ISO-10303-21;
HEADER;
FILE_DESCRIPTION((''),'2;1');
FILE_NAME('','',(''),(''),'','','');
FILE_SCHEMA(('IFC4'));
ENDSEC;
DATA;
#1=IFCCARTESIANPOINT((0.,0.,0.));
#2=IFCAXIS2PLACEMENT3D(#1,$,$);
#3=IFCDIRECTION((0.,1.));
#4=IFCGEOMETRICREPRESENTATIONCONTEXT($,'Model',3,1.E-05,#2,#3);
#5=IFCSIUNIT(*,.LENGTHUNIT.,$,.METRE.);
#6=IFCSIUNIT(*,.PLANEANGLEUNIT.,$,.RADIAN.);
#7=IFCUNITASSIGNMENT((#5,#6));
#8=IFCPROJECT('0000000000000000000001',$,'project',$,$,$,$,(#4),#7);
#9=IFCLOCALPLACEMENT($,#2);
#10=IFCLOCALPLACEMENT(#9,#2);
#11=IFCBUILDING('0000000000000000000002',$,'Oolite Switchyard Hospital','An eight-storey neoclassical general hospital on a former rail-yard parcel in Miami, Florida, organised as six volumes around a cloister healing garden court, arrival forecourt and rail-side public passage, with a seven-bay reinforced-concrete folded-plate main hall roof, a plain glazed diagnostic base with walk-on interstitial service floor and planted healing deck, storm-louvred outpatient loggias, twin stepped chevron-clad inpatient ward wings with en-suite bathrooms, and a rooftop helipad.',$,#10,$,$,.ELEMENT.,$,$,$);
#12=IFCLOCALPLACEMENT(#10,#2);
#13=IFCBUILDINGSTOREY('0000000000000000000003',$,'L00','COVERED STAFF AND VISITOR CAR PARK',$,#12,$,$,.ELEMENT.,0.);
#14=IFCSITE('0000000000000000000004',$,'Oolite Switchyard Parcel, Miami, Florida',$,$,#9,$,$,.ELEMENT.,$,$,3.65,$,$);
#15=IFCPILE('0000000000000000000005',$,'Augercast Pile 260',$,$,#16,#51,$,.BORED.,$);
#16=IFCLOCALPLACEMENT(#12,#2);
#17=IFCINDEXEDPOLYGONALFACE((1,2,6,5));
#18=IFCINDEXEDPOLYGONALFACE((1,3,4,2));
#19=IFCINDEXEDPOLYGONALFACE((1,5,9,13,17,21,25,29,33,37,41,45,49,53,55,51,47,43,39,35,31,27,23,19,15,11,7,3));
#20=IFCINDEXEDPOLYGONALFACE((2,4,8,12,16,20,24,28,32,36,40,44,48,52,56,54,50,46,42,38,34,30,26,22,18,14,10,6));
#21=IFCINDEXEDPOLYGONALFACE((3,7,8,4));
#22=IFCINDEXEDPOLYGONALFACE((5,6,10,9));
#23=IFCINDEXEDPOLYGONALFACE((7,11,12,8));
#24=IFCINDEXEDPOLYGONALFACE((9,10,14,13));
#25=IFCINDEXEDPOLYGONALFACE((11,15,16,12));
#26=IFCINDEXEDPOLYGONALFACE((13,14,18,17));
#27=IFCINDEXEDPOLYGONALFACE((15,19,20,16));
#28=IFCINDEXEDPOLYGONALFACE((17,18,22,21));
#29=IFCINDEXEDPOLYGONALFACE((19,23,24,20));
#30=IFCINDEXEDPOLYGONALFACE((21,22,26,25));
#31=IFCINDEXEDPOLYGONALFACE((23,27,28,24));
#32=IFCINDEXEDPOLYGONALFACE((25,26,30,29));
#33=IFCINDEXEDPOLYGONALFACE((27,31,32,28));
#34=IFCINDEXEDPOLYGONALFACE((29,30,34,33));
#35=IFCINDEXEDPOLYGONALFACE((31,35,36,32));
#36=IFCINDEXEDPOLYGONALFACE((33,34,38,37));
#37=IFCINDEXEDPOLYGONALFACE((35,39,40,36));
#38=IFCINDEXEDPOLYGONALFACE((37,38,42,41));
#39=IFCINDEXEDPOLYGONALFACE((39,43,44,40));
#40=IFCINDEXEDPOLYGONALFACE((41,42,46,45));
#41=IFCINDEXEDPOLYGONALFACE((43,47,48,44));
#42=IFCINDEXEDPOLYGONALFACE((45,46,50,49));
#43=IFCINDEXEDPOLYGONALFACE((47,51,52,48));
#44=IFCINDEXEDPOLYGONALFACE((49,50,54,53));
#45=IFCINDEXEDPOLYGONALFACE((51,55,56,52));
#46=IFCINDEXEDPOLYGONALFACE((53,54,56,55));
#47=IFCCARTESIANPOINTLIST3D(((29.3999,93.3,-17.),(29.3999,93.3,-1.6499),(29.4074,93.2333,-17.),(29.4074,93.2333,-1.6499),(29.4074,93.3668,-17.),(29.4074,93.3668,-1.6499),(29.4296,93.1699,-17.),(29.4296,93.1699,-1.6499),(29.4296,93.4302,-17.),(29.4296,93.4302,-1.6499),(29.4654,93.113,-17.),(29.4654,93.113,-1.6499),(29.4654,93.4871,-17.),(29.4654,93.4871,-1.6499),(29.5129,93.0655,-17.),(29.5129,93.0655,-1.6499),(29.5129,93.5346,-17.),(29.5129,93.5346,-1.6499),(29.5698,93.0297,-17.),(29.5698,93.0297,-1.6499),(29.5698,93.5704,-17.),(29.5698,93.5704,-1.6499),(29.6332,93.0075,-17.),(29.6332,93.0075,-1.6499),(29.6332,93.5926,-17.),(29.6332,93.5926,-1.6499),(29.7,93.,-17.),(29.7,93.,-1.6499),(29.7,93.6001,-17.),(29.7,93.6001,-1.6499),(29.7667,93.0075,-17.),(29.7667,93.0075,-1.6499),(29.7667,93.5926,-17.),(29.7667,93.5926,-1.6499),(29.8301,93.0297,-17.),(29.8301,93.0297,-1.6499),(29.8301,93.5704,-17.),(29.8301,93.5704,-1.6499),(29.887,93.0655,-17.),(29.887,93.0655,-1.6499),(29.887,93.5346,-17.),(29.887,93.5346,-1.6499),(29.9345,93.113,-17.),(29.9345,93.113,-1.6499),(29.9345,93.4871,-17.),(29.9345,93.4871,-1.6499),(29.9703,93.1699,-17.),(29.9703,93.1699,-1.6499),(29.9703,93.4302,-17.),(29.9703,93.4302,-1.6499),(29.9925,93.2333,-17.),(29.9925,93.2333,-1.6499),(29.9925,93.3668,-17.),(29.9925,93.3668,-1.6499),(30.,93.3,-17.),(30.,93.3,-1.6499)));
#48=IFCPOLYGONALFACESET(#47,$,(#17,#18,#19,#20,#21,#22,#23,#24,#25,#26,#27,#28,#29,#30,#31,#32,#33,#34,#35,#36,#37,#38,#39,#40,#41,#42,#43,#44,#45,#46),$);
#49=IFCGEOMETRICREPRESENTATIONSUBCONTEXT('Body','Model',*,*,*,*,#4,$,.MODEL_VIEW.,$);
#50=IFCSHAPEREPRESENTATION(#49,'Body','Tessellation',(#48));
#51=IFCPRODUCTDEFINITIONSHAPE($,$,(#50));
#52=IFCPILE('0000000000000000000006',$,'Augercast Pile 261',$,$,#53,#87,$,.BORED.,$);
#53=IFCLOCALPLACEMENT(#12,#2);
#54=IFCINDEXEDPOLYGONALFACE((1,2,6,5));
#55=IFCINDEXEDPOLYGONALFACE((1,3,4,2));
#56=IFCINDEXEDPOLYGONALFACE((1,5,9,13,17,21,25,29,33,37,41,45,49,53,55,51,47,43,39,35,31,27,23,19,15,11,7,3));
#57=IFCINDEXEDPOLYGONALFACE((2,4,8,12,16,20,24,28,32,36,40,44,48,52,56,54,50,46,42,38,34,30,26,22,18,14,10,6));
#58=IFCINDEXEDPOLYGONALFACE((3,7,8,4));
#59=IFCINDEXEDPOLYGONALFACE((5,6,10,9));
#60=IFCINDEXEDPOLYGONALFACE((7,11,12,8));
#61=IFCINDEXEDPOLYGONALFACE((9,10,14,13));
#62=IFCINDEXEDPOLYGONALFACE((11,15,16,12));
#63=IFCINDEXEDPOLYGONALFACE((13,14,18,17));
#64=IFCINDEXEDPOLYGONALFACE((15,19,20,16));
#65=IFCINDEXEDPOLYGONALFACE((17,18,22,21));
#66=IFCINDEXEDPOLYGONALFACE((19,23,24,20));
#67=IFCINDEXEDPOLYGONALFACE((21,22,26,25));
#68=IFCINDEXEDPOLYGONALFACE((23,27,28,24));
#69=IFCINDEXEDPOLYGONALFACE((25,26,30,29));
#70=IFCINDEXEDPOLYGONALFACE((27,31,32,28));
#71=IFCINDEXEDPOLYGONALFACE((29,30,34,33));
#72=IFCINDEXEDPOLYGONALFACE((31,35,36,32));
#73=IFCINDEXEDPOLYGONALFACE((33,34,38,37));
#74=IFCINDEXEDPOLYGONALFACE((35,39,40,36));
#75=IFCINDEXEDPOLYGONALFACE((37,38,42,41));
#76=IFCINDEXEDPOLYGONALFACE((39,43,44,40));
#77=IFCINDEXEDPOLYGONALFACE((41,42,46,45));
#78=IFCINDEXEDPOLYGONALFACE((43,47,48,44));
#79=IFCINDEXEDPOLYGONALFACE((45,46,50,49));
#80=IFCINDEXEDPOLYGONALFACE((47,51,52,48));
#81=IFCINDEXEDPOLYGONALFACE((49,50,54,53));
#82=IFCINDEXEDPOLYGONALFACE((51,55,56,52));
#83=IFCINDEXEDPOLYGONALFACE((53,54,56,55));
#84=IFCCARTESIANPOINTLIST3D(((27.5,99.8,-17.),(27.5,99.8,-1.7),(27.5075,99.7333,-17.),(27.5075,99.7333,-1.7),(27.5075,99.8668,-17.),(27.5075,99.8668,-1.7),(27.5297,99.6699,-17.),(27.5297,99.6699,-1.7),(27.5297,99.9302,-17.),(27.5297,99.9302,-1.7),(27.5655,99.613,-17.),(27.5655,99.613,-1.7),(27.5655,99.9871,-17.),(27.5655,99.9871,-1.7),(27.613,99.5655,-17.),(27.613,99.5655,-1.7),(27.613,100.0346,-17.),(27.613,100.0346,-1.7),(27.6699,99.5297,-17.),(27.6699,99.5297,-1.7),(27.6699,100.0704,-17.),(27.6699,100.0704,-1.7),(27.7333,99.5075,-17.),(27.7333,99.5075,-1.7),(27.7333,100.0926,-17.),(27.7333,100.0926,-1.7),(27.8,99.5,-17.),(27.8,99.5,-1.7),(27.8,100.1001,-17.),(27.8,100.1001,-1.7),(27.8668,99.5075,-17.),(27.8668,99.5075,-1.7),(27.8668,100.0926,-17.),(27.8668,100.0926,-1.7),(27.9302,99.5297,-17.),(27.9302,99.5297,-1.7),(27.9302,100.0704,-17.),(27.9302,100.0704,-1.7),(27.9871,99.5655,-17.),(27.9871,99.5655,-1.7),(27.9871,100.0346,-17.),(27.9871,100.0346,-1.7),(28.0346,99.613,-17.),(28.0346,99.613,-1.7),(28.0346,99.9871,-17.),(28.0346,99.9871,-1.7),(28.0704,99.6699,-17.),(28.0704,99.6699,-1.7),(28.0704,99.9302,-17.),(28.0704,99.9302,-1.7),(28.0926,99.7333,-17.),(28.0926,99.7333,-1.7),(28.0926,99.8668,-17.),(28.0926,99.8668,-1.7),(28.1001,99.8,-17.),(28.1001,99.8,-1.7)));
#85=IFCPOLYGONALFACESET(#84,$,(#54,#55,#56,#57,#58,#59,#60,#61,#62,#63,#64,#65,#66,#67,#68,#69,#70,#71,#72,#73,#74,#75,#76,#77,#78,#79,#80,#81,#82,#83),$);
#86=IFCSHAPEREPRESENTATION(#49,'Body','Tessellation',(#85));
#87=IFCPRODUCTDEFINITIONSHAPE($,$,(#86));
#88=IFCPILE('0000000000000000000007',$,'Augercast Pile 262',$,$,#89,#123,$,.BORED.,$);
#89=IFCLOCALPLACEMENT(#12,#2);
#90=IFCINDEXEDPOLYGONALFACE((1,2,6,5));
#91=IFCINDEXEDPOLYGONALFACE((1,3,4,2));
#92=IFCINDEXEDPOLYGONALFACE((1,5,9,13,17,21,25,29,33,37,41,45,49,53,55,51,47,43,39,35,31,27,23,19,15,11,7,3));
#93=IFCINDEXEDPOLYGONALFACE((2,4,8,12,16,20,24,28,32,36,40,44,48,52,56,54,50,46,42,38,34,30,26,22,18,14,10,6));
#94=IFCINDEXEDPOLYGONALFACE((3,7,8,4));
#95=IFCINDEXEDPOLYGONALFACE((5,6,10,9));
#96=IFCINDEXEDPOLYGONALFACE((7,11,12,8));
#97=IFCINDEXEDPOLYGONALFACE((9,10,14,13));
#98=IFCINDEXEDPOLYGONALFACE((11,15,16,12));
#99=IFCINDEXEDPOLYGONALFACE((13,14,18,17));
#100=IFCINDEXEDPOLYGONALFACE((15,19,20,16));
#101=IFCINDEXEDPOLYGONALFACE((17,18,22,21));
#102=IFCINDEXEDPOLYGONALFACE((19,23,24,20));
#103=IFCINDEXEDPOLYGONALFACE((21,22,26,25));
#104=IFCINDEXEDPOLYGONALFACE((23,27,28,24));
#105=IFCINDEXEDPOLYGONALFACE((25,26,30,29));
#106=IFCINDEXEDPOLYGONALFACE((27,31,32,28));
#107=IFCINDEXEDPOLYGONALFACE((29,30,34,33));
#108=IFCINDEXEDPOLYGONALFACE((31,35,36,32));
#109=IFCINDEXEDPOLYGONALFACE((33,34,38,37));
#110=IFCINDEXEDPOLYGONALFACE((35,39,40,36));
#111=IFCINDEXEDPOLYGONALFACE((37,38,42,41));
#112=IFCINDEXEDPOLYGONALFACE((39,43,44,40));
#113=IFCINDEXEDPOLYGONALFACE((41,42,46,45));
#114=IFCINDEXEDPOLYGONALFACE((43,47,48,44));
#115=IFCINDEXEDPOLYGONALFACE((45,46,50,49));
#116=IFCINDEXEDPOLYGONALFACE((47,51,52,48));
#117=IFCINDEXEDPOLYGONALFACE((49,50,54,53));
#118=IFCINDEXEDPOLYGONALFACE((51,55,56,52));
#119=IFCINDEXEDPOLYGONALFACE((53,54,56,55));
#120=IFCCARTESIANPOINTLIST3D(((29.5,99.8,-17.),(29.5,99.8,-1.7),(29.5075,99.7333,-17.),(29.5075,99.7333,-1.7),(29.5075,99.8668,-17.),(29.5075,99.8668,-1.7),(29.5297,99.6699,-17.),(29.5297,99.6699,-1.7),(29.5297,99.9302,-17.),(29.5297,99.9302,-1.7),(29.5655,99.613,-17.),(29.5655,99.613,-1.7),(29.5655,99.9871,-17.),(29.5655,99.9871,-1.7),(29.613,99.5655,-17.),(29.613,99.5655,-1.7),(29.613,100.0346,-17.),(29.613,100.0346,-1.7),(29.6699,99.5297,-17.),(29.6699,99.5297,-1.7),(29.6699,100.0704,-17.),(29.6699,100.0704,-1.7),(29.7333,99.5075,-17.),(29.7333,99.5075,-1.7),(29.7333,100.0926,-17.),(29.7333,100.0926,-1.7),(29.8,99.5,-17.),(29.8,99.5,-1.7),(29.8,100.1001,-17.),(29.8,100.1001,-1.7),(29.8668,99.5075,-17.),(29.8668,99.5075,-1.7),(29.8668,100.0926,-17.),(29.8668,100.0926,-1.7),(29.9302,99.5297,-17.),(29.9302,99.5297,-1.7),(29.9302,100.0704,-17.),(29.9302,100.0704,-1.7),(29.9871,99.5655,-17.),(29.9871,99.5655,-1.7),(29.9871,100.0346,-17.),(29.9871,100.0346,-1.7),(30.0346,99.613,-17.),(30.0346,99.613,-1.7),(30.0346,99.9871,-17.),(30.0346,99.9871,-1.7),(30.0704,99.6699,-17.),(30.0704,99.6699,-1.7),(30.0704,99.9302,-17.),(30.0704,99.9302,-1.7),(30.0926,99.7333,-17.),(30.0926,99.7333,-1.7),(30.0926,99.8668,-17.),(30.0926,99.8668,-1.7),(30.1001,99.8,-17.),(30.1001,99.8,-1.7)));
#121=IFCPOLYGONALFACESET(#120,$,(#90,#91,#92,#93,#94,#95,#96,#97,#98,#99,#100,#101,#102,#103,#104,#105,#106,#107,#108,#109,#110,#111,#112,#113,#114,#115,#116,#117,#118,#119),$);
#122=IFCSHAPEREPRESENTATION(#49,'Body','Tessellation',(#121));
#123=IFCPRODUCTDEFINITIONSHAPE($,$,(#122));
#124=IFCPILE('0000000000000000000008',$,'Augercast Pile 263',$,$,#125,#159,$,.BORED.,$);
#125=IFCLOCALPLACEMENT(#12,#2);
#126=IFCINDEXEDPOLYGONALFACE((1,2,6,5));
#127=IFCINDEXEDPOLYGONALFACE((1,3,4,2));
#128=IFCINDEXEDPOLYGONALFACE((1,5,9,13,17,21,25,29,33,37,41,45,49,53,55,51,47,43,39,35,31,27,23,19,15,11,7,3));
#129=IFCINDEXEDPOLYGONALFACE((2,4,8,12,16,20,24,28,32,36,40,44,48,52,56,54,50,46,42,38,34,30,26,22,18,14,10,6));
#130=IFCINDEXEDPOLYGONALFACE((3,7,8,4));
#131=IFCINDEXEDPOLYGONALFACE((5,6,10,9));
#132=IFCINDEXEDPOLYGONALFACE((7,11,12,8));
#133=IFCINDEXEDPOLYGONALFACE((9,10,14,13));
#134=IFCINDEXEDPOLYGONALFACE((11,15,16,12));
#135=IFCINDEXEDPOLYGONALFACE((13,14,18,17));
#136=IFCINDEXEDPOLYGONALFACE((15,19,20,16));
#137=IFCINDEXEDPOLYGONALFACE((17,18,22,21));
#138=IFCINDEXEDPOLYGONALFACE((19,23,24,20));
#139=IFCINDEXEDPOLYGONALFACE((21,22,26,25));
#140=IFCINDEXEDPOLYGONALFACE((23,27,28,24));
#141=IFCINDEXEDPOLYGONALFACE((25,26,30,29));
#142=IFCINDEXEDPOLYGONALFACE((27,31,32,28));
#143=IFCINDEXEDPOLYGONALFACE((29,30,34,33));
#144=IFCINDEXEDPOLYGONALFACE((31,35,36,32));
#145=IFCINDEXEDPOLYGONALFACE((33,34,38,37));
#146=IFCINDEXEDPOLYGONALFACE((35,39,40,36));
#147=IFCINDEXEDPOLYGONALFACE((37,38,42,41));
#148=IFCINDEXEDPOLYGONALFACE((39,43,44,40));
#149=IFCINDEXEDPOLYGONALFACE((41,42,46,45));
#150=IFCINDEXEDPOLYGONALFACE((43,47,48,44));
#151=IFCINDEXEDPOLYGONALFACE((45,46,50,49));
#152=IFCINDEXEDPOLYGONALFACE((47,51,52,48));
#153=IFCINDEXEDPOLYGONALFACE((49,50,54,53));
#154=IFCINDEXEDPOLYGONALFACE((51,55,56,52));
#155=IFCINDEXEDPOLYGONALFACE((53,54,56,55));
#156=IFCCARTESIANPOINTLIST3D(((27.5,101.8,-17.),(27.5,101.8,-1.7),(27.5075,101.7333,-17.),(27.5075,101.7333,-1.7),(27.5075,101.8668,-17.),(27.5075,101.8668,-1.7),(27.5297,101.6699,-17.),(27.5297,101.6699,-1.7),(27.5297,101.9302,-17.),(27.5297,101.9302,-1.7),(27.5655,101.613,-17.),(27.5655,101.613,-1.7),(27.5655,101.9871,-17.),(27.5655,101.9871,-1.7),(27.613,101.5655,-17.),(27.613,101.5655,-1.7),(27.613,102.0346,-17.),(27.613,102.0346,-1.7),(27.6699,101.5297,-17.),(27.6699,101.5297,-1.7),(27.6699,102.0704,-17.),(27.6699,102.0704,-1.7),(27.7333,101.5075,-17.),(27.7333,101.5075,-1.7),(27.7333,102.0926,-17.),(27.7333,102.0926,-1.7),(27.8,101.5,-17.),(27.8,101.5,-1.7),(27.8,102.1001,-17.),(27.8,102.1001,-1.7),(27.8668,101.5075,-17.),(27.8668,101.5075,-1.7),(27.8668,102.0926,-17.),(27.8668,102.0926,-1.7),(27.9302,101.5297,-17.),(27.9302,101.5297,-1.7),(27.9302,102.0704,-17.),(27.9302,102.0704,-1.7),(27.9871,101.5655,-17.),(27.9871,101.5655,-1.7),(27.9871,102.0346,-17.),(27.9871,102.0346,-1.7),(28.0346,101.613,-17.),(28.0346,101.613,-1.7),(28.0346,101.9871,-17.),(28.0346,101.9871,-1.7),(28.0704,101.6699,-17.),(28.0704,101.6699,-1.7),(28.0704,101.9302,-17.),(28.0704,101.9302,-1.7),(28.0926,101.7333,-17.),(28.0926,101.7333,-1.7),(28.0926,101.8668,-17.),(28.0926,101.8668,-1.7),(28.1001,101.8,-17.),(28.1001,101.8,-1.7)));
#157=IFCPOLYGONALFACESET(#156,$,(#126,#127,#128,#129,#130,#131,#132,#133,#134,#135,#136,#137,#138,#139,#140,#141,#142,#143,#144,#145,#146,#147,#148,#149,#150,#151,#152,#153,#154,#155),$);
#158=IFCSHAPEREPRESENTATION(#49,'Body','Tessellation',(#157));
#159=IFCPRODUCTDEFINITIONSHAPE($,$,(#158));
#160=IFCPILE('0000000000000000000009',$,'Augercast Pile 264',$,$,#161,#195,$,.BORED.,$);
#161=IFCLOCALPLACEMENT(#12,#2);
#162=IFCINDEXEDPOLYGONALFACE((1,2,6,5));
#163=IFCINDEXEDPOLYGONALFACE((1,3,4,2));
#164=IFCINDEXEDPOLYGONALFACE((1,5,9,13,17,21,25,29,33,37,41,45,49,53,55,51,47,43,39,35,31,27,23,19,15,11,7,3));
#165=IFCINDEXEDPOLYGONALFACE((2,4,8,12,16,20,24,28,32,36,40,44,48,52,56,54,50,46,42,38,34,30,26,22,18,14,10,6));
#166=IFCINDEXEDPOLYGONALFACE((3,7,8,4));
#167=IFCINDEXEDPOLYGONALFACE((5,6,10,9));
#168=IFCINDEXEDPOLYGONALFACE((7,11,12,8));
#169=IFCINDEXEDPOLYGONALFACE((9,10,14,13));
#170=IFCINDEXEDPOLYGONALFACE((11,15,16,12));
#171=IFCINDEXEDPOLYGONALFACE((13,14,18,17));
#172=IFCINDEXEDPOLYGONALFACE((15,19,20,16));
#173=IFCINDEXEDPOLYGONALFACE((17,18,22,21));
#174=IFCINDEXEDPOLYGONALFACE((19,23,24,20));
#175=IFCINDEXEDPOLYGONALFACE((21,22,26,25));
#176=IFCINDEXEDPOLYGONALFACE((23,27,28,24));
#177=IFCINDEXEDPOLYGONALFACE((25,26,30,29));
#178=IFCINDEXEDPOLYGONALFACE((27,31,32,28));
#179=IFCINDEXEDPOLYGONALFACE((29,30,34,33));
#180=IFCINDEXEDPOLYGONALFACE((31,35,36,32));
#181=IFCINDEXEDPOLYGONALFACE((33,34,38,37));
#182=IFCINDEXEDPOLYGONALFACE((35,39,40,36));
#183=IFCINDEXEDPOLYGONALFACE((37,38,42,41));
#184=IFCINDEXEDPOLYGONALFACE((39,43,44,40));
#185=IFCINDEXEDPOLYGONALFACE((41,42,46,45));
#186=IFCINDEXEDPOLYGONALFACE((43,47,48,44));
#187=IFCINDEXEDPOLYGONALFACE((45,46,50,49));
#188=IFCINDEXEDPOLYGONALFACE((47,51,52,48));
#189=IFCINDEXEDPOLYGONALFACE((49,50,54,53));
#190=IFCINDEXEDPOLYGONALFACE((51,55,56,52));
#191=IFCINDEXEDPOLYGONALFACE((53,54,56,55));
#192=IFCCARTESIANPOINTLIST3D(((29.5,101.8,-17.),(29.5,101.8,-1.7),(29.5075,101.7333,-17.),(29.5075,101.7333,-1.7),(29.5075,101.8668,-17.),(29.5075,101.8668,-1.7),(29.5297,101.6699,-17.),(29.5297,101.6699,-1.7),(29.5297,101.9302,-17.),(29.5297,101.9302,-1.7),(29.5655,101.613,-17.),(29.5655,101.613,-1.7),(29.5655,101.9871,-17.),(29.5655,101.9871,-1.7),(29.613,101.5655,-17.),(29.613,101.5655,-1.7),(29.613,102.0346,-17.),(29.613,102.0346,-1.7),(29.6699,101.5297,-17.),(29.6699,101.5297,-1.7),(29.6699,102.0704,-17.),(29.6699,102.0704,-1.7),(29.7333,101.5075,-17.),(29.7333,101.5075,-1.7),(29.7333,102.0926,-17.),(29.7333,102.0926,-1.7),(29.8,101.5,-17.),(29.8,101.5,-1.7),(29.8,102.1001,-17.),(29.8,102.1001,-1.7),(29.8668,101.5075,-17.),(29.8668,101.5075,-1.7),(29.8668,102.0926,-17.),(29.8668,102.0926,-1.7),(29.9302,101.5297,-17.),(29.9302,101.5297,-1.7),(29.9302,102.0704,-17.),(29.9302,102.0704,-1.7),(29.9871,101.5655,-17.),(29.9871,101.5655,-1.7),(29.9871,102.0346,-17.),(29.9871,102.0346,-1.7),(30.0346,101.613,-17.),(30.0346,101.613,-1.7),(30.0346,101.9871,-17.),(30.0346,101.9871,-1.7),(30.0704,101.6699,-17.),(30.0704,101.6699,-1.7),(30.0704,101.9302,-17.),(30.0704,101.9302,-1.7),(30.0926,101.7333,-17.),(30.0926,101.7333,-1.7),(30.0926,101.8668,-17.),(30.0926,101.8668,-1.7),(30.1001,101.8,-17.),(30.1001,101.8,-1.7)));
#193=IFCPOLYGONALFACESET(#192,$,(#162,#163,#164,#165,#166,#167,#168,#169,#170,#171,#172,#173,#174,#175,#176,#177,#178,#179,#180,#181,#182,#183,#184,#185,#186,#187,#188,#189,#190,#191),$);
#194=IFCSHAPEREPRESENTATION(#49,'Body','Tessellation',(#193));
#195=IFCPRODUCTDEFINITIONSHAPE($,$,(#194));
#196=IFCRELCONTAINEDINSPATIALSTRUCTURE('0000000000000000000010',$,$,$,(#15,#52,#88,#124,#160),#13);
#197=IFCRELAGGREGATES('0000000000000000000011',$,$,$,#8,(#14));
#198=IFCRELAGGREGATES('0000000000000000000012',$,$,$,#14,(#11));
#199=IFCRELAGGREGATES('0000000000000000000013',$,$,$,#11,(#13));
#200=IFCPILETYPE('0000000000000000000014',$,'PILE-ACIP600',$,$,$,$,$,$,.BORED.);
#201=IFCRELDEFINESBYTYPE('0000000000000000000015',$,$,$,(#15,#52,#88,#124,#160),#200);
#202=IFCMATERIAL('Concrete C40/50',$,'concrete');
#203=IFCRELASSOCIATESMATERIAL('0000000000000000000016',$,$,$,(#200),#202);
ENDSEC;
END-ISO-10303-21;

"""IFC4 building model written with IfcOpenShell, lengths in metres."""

from ifc_helpers import new_model, si_unit, direction, frame, origin, origin_2d, place, context, subcontext, project, spatial, circle, extrude, material, material_profile, profile_set, type_object, element, save


model = new_model("IFC4")

# Units and contexts
model_context = context("Model", 3, precision=1e-05, world=origin(), true_north=direction((0.0, 1.0)))
body_context = subcontext(model_context, "Body", "Model", "MODEL_VIEW")
ifc_project = project(units=[si_unit("LENGTHUNIT", "METRE"), si_unit("PLANEANGLEUNIT", "RADIAN")], contexts=[model_context])

# Site, building, storey
site_placement = place(None, origin())
site = spatial("IfcSite", under=ifc_project, at=site_placement, Name="Oolite Switchyard Parcel, Miami, Florida", CompositionType="ELEMENT", RefElevation=3.65)
building_placement = place(site_placement, origin())
building = spatial("IfcBuilding", under=site, at=building_placement, Name="Oolite Switchyard Hospital", Description="An eight-storey neoclassical general hospital on a former rail-yard parcel in Miami, Florida, organised as six volumes around a cloister healing garden court, arrival forecourt and rail-side public passage, with a seven-bay reinforced-concrete folded-plate main hall roof, a plain glazed diagnostic base with walk-on interstitial service floor and planted healing deck, storm-louvred outpatient loggias, twin stepped chevron-clad inpatient ward wings with en-suite bathrooms, and a rooftop helipad.", CompositionType="ELEMENT")
storey_placement = place(building_placement, origin())
storey = spatial("IfcBuildingStorey", under=building, at=storey_placement, Name="L00", Description="COVERED STAFF AND VISITOR CAR PARK", CompositionType="ELEMENT", Elevation=0.0)

# Shared definitions
ifc_material_1 = material(Name="Concrete C40/50", Category="concrete")

# Piles
ifc_material_profile_1 = material_profile(ifc_material_1, circle(Radius=0.3, at=origin_2d()), Name="PILE600")
ifc_profile_set_1 = profile_set([ifc_material_profile_1], Name="Concrete C40/50")
pile_type = type_object("IfcPileType", Name="PILE-ACIP600", PredefinedType="BORED", material=ifc_profile_set_1)
for number, where, z_axis, x_axis, name in (
    (1, (29.7, 93.3, -1.6499), (0.0, 0.0, -1.0), (1.0, 0.0, 0.0), "Augercast Pile 260"),
):
    element("IfcPile", number, at=place(storey_placement, frame(where, z_axis=z_axis, x_axis=x_axis)), inside=storey, type_object=pile_type, Name=name, PredefinedType="BORED", context=body_context, shape_type="SweptSolid", body=[
        extrude(circle(Radius=0.3, at=origin_2d()), origin(), (0.0, 0.0, 1.0), 15.3501),
    ])
for number, where, z_axis, x_axis, name in (
    (2, (27.8, 99.8, -1.7), (0.0, 0.0, -1.0), (1.0, 0.0, 0.0), "Augercast Pile 261"),
    (3, (29.8, 99.8, -1.7), (0.0, 0.0, -1.0), (1.0, 0.0, 0.0), "Augercast Pile 262"),
    (4, (27.8, 101.8, -1.7), (0.0, 0.0, -1.0), (1.0, 0.0, 0.0), "Augercast Pile 263"),
    (5, (29.8, 101.8, -1.7), (0.0, 0.0, -1.0), (1.0, 0.0, 0.0), "Augercast Pile 264"),
):
    element("IfcPile", number, at=place(storey_placement, frame(where, z_axis=z_axis, x_axis=x_axis)), inside=storey, type_object=pile_type, Name=name, PredefinedType="BORED", context=body_context, shape_type="SweptSolid", body=[
        extrude(circle(Radius=0.3, at=origin_2d()), origin(), (0.0, 0.0, 1.0), 15.3),
    ])

save(model, "model.ifc")
